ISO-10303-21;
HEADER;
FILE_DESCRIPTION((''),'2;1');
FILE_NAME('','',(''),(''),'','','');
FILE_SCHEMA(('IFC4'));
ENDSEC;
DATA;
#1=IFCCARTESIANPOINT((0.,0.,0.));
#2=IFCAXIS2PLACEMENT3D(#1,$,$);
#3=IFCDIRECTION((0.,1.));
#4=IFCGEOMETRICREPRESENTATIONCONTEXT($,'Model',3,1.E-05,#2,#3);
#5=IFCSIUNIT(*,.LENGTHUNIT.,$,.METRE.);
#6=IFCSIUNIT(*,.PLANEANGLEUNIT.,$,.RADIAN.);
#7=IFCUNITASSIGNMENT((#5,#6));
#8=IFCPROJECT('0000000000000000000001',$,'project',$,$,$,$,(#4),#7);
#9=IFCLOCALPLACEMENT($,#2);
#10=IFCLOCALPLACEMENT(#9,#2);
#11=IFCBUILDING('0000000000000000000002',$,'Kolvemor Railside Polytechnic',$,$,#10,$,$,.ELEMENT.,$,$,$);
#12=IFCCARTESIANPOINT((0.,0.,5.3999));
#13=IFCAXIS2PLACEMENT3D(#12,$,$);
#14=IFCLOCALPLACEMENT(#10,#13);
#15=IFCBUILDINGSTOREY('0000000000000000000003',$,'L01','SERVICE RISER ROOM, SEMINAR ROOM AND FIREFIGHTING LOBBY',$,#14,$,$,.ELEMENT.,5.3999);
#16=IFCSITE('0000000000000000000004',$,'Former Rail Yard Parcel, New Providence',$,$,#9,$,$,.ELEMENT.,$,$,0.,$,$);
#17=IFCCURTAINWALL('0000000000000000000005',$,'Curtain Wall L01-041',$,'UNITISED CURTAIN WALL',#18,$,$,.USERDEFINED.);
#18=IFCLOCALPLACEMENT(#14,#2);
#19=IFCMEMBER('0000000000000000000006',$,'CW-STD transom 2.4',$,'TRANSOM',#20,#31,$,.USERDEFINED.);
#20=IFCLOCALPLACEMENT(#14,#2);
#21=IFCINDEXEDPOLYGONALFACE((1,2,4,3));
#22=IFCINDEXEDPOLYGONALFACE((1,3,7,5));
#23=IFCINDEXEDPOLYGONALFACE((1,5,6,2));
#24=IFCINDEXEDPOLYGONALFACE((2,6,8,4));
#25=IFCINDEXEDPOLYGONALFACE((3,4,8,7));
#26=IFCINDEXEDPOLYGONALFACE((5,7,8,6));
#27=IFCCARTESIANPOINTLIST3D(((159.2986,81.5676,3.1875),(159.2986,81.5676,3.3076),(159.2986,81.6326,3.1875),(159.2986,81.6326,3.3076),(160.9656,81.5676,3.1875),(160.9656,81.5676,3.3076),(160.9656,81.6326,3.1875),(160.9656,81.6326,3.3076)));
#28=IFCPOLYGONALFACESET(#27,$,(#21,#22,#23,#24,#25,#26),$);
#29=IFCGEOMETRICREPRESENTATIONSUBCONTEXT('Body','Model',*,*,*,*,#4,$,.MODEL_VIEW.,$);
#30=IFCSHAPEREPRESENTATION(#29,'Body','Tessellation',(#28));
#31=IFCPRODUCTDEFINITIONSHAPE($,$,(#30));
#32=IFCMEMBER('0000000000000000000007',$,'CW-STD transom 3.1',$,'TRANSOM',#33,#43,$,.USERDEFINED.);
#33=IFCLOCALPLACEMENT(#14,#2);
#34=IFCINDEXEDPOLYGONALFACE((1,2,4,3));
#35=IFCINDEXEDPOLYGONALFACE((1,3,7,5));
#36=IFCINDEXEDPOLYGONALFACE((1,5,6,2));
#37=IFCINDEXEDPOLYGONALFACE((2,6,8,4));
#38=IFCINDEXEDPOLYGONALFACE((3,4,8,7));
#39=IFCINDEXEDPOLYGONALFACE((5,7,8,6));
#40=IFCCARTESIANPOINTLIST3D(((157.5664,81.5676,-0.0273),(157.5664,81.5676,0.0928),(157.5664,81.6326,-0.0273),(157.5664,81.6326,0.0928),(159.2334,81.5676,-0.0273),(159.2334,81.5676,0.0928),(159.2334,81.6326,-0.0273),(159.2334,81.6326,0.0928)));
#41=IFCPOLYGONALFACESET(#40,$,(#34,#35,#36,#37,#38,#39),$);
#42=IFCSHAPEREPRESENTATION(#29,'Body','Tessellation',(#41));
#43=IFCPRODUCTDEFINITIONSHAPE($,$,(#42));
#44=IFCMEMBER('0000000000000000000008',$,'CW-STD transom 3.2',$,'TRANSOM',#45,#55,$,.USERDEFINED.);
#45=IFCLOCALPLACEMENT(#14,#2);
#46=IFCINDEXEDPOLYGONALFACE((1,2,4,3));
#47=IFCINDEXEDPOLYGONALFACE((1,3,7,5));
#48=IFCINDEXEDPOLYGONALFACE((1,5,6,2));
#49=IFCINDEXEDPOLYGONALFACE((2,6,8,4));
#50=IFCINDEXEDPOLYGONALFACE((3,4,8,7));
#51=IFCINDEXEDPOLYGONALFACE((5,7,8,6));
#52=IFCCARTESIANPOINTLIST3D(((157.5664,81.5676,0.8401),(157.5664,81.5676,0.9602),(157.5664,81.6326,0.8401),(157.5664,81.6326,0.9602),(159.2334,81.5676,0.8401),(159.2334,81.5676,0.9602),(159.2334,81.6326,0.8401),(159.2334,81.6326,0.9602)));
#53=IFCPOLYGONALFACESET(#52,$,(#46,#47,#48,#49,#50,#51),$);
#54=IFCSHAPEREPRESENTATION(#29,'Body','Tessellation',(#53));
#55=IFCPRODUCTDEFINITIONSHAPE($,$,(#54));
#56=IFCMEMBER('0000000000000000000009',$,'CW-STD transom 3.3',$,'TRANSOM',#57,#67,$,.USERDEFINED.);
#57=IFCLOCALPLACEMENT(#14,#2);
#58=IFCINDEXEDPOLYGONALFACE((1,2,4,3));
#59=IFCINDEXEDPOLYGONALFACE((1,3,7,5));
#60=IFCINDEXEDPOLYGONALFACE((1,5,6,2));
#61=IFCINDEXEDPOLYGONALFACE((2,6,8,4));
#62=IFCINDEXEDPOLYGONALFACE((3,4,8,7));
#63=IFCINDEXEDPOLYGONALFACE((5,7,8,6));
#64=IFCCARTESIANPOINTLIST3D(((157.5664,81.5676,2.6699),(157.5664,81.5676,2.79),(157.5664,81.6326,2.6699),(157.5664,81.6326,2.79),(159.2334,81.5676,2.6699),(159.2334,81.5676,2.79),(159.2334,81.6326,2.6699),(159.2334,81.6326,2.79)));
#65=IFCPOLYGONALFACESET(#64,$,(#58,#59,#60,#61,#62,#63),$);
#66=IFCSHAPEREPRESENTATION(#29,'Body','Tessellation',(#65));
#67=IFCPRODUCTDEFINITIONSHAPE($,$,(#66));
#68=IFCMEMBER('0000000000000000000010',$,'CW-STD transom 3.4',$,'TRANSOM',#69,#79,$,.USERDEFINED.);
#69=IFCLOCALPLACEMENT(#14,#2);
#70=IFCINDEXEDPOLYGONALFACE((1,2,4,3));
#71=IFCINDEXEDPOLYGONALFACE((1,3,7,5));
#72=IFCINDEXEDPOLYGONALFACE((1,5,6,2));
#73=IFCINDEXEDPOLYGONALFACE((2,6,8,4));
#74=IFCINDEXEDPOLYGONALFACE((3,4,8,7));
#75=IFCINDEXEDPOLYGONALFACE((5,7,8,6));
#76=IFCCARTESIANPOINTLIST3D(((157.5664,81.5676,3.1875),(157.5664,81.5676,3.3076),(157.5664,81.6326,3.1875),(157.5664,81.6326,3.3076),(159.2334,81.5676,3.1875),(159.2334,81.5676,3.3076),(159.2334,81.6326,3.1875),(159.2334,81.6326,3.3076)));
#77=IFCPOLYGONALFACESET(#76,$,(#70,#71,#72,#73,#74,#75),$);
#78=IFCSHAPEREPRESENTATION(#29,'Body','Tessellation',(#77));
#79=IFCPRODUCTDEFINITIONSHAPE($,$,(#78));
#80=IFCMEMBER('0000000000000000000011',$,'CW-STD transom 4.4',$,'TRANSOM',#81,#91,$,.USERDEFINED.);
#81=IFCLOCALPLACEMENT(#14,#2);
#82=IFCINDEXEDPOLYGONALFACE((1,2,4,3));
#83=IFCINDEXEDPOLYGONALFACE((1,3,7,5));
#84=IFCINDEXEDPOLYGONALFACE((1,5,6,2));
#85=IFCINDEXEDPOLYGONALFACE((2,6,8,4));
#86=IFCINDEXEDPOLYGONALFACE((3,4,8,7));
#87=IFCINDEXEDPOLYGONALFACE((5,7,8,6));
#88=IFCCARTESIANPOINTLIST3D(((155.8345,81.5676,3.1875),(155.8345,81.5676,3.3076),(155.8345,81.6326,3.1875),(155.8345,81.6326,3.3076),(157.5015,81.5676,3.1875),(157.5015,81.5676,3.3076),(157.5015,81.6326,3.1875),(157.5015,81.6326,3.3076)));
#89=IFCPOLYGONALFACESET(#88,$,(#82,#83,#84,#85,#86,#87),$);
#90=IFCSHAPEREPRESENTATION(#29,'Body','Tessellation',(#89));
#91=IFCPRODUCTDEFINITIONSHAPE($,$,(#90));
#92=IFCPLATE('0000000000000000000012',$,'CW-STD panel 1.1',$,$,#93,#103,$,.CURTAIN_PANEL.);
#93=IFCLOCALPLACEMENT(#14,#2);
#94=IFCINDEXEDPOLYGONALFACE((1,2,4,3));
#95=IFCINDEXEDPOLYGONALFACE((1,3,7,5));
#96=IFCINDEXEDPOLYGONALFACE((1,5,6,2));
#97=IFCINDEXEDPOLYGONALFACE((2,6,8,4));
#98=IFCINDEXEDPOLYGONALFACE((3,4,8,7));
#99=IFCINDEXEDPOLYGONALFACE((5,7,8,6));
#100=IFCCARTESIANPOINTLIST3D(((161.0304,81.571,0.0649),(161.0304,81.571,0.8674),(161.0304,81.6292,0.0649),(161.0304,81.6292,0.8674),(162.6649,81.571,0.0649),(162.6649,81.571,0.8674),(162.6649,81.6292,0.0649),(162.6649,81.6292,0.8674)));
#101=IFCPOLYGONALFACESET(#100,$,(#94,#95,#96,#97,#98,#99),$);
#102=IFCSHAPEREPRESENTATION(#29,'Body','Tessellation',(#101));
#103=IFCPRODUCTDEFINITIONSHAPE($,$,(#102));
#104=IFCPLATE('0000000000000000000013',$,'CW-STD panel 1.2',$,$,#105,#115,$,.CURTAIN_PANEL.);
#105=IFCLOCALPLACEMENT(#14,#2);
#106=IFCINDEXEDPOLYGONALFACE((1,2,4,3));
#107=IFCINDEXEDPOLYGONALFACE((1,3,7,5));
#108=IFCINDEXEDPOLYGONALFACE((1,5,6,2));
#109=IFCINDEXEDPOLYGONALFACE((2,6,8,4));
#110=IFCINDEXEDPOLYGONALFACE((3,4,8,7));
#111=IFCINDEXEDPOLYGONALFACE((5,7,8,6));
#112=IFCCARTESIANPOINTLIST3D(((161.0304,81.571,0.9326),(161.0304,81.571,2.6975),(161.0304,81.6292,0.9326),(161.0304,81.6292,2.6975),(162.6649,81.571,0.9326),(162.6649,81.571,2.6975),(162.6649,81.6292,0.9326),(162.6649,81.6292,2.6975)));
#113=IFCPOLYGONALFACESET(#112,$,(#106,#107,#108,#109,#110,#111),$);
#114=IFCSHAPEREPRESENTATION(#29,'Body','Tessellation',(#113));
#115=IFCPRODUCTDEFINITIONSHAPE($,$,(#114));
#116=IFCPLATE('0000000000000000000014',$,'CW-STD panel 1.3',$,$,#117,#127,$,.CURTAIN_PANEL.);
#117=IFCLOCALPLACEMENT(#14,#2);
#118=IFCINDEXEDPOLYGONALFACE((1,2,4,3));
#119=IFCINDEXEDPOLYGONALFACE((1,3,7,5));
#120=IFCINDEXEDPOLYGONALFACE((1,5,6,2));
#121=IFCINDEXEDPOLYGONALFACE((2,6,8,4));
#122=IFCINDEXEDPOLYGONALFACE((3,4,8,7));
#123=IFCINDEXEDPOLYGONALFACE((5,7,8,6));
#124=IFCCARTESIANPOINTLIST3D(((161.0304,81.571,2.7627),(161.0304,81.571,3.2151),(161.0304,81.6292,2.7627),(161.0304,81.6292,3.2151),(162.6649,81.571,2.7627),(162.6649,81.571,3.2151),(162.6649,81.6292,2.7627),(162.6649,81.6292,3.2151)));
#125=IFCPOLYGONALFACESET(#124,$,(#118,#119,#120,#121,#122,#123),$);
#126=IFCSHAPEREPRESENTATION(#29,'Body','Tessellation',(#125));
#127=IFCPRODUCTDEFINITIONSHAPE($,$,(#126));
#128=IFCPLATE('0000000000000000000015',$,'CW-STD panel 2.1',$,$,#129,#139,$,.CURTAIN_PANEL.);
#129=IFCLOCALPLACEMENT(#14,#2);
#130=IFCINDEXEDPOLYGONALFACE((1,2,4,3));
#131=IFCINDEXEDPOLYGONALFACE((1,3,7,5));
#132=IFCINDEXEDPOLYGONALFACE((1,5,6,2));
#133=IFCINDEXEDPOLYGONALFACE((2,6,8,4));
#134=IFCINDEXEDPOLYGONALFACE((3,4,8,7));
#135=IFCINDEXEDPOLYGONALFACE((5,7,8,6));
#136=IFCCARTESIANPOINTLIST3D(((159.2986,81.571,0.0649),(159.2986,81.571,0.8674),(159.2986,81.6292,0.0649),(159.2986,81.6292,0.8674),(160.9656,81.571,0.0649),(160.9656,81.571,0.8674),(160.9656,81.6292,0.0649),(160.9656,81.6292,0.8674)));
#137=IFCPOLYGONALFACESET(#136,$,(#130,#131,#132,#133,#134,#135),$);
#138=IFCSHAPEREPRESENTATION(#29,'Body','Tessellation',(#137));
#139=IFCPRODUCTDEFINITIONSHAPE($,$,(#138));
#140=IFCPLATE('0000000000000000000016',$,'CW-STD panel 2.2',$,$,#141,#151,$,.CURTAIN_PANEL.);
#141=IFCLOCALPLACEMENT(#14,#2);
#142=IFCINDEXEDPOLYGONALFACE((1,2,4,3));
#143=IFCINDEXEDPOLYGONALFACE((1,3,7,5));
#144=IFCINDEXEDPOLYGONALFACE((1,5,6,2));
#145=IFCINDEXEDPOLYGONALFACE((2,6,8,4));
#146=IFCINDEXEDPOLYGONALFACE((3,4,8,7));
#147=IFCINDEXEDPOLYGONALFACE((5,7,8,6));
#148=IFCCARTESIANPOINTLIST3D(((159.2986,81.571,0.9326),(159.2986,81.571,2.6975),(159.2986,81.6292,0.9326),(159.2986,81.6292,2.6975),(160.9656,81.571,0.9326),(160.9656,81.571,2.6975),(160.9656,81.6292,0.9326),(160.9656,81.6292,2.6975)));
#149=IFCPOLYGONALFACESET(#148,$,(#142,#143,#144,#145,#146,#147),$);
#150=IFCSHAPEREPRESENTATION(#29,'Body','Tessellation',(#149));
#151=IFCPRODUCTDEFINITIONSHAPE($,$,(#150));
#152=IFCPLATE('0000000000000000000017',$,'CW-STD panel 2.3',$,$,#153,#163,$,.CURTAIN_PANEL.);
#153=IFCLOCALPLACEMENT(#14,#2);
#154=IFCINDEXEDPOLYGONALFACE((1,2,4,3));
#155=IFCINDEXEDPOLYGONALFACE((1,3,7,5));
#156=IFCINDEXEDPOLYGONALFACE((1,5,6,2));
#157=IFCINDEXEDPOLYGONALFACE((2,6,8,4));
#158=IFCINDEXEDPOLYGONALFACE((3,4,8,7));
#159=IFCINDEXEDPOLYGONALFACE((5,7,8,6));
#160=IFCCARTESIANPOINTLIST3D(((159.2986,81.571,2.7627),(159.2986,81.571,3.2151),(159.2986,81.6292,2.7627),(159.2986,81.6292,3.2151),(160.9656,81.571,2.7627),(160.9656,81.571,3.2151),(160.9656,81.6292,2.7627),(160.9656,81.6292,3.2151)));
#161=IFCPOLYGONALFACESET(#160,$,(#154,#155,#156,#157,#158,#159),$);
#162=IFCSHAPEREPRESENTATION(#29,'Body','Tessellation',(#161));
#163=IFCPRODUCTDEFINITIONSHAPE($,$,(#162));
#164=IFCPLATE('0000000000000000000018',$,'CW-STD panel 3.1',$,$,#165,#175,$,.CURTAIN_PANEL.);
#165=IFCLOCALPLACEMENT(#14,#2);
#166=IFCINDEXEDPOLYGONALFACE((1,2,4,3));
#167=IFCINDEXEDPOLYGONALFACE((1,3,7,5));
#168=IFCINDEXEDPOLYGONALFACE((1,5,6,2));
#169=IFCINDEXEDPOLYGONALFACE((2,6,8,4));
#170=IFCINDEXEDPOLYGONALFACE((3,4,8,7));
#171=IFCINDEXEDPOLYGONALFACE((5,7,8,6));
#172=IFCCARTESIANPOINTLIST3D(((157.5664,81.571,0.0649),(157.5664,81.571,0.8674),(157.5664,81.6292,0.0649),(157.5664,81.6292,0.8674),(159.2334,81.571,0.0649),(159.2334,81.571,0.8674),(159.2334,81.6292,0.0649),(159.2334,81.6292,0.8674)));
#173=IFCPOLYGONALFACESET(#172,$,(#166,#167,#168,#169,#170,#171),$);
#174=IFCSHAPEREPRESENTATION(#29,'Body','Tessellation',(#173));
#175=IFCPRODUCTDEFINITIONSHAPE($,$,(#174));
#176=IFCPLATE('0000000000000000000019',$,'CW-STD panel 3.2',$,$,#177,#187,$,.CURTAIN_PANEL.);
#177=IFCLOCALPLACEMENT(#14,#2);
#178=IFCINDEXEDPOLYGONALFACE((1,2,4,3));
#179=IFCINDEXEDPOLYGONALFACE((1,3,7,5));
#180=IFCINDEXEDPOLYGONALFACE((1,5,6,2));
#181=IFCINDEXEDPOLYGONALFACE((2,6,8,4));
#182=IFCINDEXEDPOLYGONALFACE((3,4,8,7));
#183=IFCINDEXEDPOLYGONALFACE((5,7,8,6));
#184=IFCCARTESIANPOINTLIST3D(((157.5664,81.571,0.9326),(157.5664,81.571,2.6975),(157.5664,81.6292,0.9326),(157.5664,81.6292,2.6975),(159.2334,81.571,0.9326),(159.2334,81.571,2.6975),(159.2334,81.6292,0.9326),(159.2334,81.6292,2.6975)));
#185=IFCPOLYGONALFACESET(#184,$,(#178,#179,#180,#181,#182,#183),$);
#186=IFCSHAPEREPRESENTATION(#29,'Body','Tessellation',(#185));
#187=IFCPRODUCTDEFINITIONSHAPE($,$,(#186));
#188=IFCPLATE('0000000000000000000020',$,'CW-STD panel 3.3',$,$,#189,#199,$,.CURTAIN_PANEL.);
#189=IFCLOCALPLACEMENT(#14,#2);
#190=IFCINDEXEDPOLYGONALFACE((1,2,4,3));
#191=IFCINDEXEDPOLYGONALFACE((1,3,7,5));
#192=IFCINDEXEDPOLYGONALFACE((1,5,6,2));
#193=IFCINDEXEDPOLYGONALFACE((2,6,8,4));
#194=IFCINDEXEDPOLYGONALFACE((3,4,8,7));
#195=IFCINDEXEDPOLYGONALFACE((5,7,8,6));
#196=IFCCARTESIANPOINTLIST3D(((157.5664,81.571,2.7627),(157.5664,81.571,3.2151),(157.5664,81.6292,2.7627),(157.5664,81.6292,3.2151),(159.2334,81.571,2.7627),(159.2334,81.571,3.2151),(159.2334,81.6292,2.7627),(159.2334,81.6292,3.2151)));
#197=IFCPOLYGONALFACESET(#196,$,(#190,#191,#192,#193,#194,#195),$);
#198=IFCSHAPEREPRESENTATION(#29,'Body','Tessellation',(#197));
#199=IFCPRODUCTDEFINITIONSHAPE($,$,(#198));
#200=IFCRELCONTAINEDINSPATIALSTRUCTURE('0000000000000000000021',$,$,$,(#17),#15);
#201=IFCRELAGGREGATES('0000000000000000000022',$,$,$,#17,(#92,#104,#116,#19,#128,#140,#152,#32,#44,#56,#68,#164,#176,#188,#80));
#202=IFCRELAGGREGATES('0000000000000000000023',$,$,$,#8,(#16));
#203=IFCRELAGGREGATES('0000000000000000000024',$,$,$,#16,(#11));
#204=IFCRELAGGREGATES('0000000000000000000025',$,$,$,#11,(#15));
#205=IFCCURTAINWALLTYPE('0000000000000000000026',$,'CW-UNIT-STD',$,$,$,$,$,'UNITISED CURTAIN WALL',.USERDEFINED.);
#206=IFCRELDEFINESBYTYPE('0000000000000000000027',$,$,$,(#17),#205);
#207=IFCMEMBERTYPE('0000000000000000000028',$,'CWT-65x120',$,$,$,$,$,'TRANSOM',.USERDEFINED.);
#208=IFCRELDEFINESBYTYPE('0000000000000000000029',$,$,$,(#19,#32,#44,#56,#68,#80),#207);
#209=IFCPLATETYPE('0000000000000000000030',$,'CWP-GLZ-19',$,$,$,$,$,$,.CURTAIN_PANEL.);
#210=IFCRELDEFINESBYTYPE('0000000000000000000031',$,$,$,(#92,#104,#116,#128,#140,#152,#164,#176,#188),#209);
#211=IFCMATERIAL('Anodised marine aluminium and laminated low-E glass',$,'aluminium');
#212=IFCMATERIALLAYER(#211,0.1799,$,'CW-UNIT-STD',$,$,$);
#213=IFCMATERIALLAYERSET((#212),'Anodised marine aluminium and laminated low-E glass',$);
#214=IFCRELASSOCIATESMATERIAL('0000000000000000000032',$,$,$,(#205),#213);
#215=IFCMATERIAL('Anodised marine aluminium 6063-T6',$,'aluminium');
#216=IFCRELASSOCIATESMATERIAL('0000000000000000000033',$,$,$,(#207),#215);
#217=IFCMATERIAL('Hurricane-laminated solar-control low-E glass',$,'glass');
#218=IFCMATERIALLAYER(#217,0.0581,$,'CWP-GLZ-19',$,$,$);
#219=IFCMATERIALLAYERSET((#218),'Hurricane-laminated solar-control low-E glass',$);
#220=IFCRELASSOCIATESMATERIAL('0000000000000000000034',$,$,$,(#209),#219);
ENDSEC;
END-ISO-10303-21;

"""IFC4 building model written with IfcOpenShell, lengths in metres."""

from ifc_helpers import new_model, si_unit, direction, frame, origin, origin_2d, place, context, subcontext, project, spatial, rectangle, extrude, material, layer, layer_set, material_profile, profile_set, type_object, element, aggregate, save


model = new_model("IFC4")

# Units and contexts
model_context = context("Model", 3, precision=1e-05, world=origin(), true_north=direction((0.0, 1.0)))
body_context = subcontext(model_context, "Body", "Model", "MODEL_VIEW")
ifc_project = project(units=[si_unit("LENGTHUNIT", "METRE"), si_unit("PLANEANGLEUNIT", "RADIAN")], contexts=[model_context])

# Site, building, storey
site_placement = place(None, origin())
site = spatial("IfcSite", under=ifc_project, at=site_placement, Name="Former Rail Yard Parcel, New Providence", CompositionType="ELEMENT", RefElevation=0.0)
building_placement = place(site_placement, origin())
building = spatial("IfcBuilding", under=site, at=building_placement, Name="Kolvemor Railside Polytechnic", CompositionType="ELEMENT")
storey_placement = place(building_placement, frame((0.0, 0.0, 5.3999)))
storey = spatial("IfcBuildingStorey", under=building, at=storey_placement, Name="L01", Description="SERVICE RISER ROOM, SEMINAR ROOM AND FIREFIGHTING LOBBY", CompositionType="ELEMENT", Elevation=5.3999)

# Curtain wall, members, plates
ifc_material_1 = material(Name="Anodised marine aluminium and laminated low-E glass", Category="aluminium")
ifc_layer_1 = layer(ifc_material_1, 0.1799, Name="CW-UNIT-STD")
ifc_layer_set_1 = layer_set([ifc_layer_1], Name="Anodised marine aluminium and laminated low-E glass")
curtain_wall_type = type_object("IfcCurtainWallType", Name="CW-UNIT-STD", ElementType="UNITISED CURTAIN WALL", PredefinedType="USERDEFINED", material=ifc_layer_set_1)
curtain_wall_placement = place(storey_placement, origin())
curtain_wall = element("IfcCurtainWall", 1, at=curtain_wall_placement, inside=storey, type_object=curtain_wall_type, Name="Curtain Wall L01-041", ObjectType="UNITISED CURTAIN WALL", PredefinedType="USERDEFINED")
ifc_material_2 = material(Name="Anodised marine aluminium 6063-T6", Category="aluminium")
ifc_material_profile_1 = material_profile(ifc_material_2, rectangle(XDim=0.0649, YDim=0.1201, at=origin_2d()), Name="CW-TRN-65x120")
ifc_profile_set_1 = profile_set([ifc_material_profile_1], Name="Anodised marine aluminium 6063-T6")
member_type_1 = type_object("IfcMemberType", Name="CWT-65x120", ElementType="TRANSOM", PredefinedType="USERDEFINED", material=ifc_profile_set_1)
member_1_placement = place(storey_placement, frame((160.9656, 81.6001, 3.2476), z_axis=(-1.0, 0.0, 0.0), x_axis=(0.0, -1.0, 0.0)))
member_1 = element("IfcMember", 2, at=member_1_placement, type_object=member_type_1, Name="CW-STD transom 2.4", ObjectType="TRANSOM", PredefinedType="USERDEFINED", context=body_context, shape_type="SweptSolid", body=[
    extrude(rectangle(XDim=0.0649, YDim=0.1201, at=origin_2d()), origin(), (0.0, 0.0, 1.0), 1.667),
])
member_2_placement = place(storey_placement, frame((159.2334, 81.6001, 0.0327), z_axis=(-1.0, 0.0, 0.0), x_axis=(0.0, -1.0, 0.0)))
member_2 = element("IfcMember", 3, at=member_2_placement, type_object=member_type_1, Name="CW-STD transom 3.1", ObjectType="TRANSOM", PredefinedType="USERDEFINED", context=body_context, shape_type="SweptSolid", body=[
    extrude(rectangle(XDim=0.0649, YDim=0.1201, at=origin_2d()), origin(), (0.0, 0.0, 1.0), 1.667),
])
member_3_placement = place(storey_placement, frame((159.2334, 81.6001, 0.9001), z_axis=(-1.0, 0.0, 0.0), x_axis=(0.0, -1.0, 0.0)))
member_3 = element("IfcMember", 4, at=member_3_placement, type_object=member_type_1, Name="CW-STD transom 3.2", ObjectType="TRANSOM", PredefinedType="USERDEFINED", context=body_context, shape_type="SweptSolid", body=[
    extrude(rectangle(XDim=0.0649, YDim=0.1201, at=origin_2d()), origin(), (0.0, 0.0, 1.0), 1.667),
])
member_4_placement = place(storey_placement, frame((159.2334, 81.6001, 2.73), z_axis=(-1.0, 0.0, 0.0), x_axis=(0.0, -1.0, 0.0)))
member_4 = element("IfcMember", 5, at=member_4_placement, type_object=member_type_1, Name="CW-STD transom 3.3", ObjectType="TRANSOM", PredefinedType="USERDEFINED", context=body_context, shape_type="SweptSolid", body=[
    extrude(rectangle(XDim=0.0649, YDim=0.1201, at=origin_2d()), origin(), (0.0, 0.0, 1.0), 1.667),
])
member_5_placement = place(storey_placement, frame((159.2334, 81.6001, 3.2476), z_axis=(-1.0, 0.0, 0.0), x_axis=(0.0, -1.0, 0.0)))
member_5 = element("IfcMember", 6, at=member_5_placement, type_object=member_type_1, Name="CW-STD transom 3.4", ObjectType="TRANSOM", PredefinedType="USERDEFINED", context=body_context, shape_type="SweptSolid", body=[
    extrude(rectangle(XDim=0.0649, YDim=0.1201, at=origin_2d()), origin(), (0.0, 0.0, 1.0), 1.667),
])
member_6_placement = place(storey_placement, frame((157.5015, 81.6001, 3.2476), z_axis=(-1.0, 0.0, 0.0), x_axis=(0.0, -1.0, 0.0)))
member_6 = element("IfcMember", 7, at=member_6_placement, type_object=member_type_1, Name="CW-STD transom 4.4", ObjectType="TRANSOM", PredefinedType="USERDEFINED", context=body_context, shape_type="SweptSolid", body=[
    extrude(rectangle(XDim=0.0649, YDim=0.1201, at=origin_2d()), origin(), (0.0, 0.0, 1.0), 1.667),
])
ifc_material_3 = material(Name="Hurricane-laminated solar-control low-E glass", Category="glass")
ifc_layer_2 = layer(ifc_material_3, 0.0581, Name="CWP-GLZ-19")
ifc_layer_set_2 = layer_set([ifc_layer_2], Name="Hurricane-laminated solar-control low-E glass")
plate_type = type_object("IfcPlateType", Name="CWP-GLZ-19", PredefinedType="CURTAIN_PANEL", material=ifc_layer_set_2)
plate_1_placement = place(storey_placement, frame((161.8477, 81.6001, 0.0649), z_axis=(0.0, 0.0, 1.0), x_axis=(-1.0, 0.0, 0.0)))
plate_1 = element("IfcPlate", 8, at=plate_1_placement, type_object=plate_type, Name="CW-STD panel 1.1", PredefinedType="CURTAIN_PANEL", context=body_context, shape_type="SweptSolid", body=[
    extrude(rectangle(XDim=1.6345, YDim=0.0581, at=origin_2d()), origin(), (0.0, 0.0, 1.0), 0.8025),
])
plate_2_placement = place(storey_placement, frame((161.8477, 81.6001, 0.9326), z_axis=(0.0, 0.0, 1.0), x_axis=(-1.0, 0.0, 0.0)))
plate_2 = element("IfcPlate", 9, at=plate_2_placement, type_object=plate_type, Name="CW-STD panel 1.2", PredefinedType="CURTAIN_PANEL", context=body_context, shape_type="SweptSolid", body=[
    extrude(rectangle(XDim=1.6345, YDim=0.0581, at=origin_2d()), origin(), (0.0, 0.0, 1.0), 1.7649),
])
plate_3_placement = place(storey_placement, frame((161.8477, 81.6001, 2.7627), z_axis=(0.0, 0.0, 1.0), x_axis=(-1.0, 0.0, 0.0)))
plate_3 = element("IfcPlate", 10, at=plate_3_placement, type_object=plate_type, Name="CW-STD panel 1.3", PredefinedType="CURTAIN_PANEL", context=body_context, shape_type="SweptSolid", body=[
    extrude(rectangle(XDim=1.6345, YDim=0.0581, at=origin_2d()), origin(), (0.0, 0.0, 1.0), 0.4524),
])
plate_4_placement = place(storey_placement, frame((160.1321, 81.6001, 0.0649), z_axis=(0.0, 0.0, 1.0), x_axis=(-1.0, 0.0, 0.0)))
plate_4 = element("IfcPlate", 11, at=plate_4_placement, type_object=plate_type, Name="CW-STD panel 2.1", PredefinedType="CURTAIN_PANEL", context=body_context, shape_type="SweptSolid", body=[
    extrude(rectangle(XDim=1.667, YDim=0.0581, at=origin_2d()), origin(), (0.0, 0.0, 1.0), 0.8025),
])
plate_5_placement = place(storey_placement, frame((160.1321, 81.6001, 0.9326), z_axis=(0.0, 0.0, 1.0), x_axis=(-1.0, 0.0, 0.0)))
plate_5 = element("IfcPlate", 12, at=plate_5_placement, type_object=plate_type, Name="CW-STD panel 2.2", PredefinedType="CURTAIN_PANEL", context=body_context, shape_type="SweptSolid", body=[
    extrude(rectangle(XDim=1.667, YDim=0.0581, at=origin_2d()), origin(), (0.0, 0.0, 1.0), 1.7649),
])
plate_6_placement = place(storey_placement, frame((160.1321, 81.6001, 2.7627), z_axis=(0.0, 0.0, 1.0), x_axis=(-1.0, 0.0, 0.0)))
plate_6 = element("IfcPlate", 13, at=plate_6_placement, type_object=plate_type, Name="CW-STD panel 2.3", PredefinedType="CURTAIN_PANEL", context=body_context, shape_type="SweptSolid", body=[
    extrude(rectangle(XDim=1.667, YDim=0.0581, at=origin_2d()), origin(), (0.0, 0.0, 1.0), 0.4524),
])
plate_7_placement = place(storey_placement, frame((158.3999, 81.6001, 0.0649), z_axis=(0.0, 0.0, 1.0), x_axis=(-1.0, 0.0, 0.0)))
plate_7 = element("IfcPlate", 14, at=plate_7_placement, type_object=plate_type, Name="CW-STD panel 3.1", PredefinedType="CURTAIN_PANEL", context=body_context, shape_type="SweptSolid", body=[
    extrude(rectangle(XDim=1.667, YDim=0.0581, at=origin_2d()), origin(), (0.0, 0.0, 1.0), 0.8025),
])
plate_8_placement = place(storey_placement, frame((158.3999, 81.6001, 0.9326), z_axis=(0.0, 0.0, 1.0), x_axis=(-1.0, 0.0, 0.0)))
plate_8 = element("IfcPlate", 15, at=plate_8_placement, type_object=plate_type, Name="CW-STD panel 3.2", PredefinedType="CURTAIN_PANEL", context=body_context, shape_type="SweptSolid", body=[
    extrude(rectangle(XDim=1.667, YDim=0.0581, at=origin_2d()), origin(), (0.0, 0.0, 1.0), 1.7649),
])
plate_9_placement = place(storey_placement, frame((158.3999, 81.6001, 2.7627), z_axis=(0.0, 0.0, 1.0), x_axis=(-1.0, 0.0, 0.0)))
plate_9 = element("IfcPlate", 16, at=plate_9_placement, type_object=plate_type, Name="CW-STD panel 3.3", PredefinedType="CURTAIN_PANEL", context=body_context, shape_type="SweptSolid", body=[
    extrude(rectangle(XDim=1.667, YDim=0.0581, at=origin_2d()), origin(), (0.0, 0.0, 1.0), 0.4524),
])
aggregate(curtain_wall, [plate_1, plate_2, plate_3, member_1, plate_4, plate_5, plate_6, member_2, member_3, member_4, member_5, plate_7, plate_8, plate_9, member_6])

save(model, "model.ifc")
